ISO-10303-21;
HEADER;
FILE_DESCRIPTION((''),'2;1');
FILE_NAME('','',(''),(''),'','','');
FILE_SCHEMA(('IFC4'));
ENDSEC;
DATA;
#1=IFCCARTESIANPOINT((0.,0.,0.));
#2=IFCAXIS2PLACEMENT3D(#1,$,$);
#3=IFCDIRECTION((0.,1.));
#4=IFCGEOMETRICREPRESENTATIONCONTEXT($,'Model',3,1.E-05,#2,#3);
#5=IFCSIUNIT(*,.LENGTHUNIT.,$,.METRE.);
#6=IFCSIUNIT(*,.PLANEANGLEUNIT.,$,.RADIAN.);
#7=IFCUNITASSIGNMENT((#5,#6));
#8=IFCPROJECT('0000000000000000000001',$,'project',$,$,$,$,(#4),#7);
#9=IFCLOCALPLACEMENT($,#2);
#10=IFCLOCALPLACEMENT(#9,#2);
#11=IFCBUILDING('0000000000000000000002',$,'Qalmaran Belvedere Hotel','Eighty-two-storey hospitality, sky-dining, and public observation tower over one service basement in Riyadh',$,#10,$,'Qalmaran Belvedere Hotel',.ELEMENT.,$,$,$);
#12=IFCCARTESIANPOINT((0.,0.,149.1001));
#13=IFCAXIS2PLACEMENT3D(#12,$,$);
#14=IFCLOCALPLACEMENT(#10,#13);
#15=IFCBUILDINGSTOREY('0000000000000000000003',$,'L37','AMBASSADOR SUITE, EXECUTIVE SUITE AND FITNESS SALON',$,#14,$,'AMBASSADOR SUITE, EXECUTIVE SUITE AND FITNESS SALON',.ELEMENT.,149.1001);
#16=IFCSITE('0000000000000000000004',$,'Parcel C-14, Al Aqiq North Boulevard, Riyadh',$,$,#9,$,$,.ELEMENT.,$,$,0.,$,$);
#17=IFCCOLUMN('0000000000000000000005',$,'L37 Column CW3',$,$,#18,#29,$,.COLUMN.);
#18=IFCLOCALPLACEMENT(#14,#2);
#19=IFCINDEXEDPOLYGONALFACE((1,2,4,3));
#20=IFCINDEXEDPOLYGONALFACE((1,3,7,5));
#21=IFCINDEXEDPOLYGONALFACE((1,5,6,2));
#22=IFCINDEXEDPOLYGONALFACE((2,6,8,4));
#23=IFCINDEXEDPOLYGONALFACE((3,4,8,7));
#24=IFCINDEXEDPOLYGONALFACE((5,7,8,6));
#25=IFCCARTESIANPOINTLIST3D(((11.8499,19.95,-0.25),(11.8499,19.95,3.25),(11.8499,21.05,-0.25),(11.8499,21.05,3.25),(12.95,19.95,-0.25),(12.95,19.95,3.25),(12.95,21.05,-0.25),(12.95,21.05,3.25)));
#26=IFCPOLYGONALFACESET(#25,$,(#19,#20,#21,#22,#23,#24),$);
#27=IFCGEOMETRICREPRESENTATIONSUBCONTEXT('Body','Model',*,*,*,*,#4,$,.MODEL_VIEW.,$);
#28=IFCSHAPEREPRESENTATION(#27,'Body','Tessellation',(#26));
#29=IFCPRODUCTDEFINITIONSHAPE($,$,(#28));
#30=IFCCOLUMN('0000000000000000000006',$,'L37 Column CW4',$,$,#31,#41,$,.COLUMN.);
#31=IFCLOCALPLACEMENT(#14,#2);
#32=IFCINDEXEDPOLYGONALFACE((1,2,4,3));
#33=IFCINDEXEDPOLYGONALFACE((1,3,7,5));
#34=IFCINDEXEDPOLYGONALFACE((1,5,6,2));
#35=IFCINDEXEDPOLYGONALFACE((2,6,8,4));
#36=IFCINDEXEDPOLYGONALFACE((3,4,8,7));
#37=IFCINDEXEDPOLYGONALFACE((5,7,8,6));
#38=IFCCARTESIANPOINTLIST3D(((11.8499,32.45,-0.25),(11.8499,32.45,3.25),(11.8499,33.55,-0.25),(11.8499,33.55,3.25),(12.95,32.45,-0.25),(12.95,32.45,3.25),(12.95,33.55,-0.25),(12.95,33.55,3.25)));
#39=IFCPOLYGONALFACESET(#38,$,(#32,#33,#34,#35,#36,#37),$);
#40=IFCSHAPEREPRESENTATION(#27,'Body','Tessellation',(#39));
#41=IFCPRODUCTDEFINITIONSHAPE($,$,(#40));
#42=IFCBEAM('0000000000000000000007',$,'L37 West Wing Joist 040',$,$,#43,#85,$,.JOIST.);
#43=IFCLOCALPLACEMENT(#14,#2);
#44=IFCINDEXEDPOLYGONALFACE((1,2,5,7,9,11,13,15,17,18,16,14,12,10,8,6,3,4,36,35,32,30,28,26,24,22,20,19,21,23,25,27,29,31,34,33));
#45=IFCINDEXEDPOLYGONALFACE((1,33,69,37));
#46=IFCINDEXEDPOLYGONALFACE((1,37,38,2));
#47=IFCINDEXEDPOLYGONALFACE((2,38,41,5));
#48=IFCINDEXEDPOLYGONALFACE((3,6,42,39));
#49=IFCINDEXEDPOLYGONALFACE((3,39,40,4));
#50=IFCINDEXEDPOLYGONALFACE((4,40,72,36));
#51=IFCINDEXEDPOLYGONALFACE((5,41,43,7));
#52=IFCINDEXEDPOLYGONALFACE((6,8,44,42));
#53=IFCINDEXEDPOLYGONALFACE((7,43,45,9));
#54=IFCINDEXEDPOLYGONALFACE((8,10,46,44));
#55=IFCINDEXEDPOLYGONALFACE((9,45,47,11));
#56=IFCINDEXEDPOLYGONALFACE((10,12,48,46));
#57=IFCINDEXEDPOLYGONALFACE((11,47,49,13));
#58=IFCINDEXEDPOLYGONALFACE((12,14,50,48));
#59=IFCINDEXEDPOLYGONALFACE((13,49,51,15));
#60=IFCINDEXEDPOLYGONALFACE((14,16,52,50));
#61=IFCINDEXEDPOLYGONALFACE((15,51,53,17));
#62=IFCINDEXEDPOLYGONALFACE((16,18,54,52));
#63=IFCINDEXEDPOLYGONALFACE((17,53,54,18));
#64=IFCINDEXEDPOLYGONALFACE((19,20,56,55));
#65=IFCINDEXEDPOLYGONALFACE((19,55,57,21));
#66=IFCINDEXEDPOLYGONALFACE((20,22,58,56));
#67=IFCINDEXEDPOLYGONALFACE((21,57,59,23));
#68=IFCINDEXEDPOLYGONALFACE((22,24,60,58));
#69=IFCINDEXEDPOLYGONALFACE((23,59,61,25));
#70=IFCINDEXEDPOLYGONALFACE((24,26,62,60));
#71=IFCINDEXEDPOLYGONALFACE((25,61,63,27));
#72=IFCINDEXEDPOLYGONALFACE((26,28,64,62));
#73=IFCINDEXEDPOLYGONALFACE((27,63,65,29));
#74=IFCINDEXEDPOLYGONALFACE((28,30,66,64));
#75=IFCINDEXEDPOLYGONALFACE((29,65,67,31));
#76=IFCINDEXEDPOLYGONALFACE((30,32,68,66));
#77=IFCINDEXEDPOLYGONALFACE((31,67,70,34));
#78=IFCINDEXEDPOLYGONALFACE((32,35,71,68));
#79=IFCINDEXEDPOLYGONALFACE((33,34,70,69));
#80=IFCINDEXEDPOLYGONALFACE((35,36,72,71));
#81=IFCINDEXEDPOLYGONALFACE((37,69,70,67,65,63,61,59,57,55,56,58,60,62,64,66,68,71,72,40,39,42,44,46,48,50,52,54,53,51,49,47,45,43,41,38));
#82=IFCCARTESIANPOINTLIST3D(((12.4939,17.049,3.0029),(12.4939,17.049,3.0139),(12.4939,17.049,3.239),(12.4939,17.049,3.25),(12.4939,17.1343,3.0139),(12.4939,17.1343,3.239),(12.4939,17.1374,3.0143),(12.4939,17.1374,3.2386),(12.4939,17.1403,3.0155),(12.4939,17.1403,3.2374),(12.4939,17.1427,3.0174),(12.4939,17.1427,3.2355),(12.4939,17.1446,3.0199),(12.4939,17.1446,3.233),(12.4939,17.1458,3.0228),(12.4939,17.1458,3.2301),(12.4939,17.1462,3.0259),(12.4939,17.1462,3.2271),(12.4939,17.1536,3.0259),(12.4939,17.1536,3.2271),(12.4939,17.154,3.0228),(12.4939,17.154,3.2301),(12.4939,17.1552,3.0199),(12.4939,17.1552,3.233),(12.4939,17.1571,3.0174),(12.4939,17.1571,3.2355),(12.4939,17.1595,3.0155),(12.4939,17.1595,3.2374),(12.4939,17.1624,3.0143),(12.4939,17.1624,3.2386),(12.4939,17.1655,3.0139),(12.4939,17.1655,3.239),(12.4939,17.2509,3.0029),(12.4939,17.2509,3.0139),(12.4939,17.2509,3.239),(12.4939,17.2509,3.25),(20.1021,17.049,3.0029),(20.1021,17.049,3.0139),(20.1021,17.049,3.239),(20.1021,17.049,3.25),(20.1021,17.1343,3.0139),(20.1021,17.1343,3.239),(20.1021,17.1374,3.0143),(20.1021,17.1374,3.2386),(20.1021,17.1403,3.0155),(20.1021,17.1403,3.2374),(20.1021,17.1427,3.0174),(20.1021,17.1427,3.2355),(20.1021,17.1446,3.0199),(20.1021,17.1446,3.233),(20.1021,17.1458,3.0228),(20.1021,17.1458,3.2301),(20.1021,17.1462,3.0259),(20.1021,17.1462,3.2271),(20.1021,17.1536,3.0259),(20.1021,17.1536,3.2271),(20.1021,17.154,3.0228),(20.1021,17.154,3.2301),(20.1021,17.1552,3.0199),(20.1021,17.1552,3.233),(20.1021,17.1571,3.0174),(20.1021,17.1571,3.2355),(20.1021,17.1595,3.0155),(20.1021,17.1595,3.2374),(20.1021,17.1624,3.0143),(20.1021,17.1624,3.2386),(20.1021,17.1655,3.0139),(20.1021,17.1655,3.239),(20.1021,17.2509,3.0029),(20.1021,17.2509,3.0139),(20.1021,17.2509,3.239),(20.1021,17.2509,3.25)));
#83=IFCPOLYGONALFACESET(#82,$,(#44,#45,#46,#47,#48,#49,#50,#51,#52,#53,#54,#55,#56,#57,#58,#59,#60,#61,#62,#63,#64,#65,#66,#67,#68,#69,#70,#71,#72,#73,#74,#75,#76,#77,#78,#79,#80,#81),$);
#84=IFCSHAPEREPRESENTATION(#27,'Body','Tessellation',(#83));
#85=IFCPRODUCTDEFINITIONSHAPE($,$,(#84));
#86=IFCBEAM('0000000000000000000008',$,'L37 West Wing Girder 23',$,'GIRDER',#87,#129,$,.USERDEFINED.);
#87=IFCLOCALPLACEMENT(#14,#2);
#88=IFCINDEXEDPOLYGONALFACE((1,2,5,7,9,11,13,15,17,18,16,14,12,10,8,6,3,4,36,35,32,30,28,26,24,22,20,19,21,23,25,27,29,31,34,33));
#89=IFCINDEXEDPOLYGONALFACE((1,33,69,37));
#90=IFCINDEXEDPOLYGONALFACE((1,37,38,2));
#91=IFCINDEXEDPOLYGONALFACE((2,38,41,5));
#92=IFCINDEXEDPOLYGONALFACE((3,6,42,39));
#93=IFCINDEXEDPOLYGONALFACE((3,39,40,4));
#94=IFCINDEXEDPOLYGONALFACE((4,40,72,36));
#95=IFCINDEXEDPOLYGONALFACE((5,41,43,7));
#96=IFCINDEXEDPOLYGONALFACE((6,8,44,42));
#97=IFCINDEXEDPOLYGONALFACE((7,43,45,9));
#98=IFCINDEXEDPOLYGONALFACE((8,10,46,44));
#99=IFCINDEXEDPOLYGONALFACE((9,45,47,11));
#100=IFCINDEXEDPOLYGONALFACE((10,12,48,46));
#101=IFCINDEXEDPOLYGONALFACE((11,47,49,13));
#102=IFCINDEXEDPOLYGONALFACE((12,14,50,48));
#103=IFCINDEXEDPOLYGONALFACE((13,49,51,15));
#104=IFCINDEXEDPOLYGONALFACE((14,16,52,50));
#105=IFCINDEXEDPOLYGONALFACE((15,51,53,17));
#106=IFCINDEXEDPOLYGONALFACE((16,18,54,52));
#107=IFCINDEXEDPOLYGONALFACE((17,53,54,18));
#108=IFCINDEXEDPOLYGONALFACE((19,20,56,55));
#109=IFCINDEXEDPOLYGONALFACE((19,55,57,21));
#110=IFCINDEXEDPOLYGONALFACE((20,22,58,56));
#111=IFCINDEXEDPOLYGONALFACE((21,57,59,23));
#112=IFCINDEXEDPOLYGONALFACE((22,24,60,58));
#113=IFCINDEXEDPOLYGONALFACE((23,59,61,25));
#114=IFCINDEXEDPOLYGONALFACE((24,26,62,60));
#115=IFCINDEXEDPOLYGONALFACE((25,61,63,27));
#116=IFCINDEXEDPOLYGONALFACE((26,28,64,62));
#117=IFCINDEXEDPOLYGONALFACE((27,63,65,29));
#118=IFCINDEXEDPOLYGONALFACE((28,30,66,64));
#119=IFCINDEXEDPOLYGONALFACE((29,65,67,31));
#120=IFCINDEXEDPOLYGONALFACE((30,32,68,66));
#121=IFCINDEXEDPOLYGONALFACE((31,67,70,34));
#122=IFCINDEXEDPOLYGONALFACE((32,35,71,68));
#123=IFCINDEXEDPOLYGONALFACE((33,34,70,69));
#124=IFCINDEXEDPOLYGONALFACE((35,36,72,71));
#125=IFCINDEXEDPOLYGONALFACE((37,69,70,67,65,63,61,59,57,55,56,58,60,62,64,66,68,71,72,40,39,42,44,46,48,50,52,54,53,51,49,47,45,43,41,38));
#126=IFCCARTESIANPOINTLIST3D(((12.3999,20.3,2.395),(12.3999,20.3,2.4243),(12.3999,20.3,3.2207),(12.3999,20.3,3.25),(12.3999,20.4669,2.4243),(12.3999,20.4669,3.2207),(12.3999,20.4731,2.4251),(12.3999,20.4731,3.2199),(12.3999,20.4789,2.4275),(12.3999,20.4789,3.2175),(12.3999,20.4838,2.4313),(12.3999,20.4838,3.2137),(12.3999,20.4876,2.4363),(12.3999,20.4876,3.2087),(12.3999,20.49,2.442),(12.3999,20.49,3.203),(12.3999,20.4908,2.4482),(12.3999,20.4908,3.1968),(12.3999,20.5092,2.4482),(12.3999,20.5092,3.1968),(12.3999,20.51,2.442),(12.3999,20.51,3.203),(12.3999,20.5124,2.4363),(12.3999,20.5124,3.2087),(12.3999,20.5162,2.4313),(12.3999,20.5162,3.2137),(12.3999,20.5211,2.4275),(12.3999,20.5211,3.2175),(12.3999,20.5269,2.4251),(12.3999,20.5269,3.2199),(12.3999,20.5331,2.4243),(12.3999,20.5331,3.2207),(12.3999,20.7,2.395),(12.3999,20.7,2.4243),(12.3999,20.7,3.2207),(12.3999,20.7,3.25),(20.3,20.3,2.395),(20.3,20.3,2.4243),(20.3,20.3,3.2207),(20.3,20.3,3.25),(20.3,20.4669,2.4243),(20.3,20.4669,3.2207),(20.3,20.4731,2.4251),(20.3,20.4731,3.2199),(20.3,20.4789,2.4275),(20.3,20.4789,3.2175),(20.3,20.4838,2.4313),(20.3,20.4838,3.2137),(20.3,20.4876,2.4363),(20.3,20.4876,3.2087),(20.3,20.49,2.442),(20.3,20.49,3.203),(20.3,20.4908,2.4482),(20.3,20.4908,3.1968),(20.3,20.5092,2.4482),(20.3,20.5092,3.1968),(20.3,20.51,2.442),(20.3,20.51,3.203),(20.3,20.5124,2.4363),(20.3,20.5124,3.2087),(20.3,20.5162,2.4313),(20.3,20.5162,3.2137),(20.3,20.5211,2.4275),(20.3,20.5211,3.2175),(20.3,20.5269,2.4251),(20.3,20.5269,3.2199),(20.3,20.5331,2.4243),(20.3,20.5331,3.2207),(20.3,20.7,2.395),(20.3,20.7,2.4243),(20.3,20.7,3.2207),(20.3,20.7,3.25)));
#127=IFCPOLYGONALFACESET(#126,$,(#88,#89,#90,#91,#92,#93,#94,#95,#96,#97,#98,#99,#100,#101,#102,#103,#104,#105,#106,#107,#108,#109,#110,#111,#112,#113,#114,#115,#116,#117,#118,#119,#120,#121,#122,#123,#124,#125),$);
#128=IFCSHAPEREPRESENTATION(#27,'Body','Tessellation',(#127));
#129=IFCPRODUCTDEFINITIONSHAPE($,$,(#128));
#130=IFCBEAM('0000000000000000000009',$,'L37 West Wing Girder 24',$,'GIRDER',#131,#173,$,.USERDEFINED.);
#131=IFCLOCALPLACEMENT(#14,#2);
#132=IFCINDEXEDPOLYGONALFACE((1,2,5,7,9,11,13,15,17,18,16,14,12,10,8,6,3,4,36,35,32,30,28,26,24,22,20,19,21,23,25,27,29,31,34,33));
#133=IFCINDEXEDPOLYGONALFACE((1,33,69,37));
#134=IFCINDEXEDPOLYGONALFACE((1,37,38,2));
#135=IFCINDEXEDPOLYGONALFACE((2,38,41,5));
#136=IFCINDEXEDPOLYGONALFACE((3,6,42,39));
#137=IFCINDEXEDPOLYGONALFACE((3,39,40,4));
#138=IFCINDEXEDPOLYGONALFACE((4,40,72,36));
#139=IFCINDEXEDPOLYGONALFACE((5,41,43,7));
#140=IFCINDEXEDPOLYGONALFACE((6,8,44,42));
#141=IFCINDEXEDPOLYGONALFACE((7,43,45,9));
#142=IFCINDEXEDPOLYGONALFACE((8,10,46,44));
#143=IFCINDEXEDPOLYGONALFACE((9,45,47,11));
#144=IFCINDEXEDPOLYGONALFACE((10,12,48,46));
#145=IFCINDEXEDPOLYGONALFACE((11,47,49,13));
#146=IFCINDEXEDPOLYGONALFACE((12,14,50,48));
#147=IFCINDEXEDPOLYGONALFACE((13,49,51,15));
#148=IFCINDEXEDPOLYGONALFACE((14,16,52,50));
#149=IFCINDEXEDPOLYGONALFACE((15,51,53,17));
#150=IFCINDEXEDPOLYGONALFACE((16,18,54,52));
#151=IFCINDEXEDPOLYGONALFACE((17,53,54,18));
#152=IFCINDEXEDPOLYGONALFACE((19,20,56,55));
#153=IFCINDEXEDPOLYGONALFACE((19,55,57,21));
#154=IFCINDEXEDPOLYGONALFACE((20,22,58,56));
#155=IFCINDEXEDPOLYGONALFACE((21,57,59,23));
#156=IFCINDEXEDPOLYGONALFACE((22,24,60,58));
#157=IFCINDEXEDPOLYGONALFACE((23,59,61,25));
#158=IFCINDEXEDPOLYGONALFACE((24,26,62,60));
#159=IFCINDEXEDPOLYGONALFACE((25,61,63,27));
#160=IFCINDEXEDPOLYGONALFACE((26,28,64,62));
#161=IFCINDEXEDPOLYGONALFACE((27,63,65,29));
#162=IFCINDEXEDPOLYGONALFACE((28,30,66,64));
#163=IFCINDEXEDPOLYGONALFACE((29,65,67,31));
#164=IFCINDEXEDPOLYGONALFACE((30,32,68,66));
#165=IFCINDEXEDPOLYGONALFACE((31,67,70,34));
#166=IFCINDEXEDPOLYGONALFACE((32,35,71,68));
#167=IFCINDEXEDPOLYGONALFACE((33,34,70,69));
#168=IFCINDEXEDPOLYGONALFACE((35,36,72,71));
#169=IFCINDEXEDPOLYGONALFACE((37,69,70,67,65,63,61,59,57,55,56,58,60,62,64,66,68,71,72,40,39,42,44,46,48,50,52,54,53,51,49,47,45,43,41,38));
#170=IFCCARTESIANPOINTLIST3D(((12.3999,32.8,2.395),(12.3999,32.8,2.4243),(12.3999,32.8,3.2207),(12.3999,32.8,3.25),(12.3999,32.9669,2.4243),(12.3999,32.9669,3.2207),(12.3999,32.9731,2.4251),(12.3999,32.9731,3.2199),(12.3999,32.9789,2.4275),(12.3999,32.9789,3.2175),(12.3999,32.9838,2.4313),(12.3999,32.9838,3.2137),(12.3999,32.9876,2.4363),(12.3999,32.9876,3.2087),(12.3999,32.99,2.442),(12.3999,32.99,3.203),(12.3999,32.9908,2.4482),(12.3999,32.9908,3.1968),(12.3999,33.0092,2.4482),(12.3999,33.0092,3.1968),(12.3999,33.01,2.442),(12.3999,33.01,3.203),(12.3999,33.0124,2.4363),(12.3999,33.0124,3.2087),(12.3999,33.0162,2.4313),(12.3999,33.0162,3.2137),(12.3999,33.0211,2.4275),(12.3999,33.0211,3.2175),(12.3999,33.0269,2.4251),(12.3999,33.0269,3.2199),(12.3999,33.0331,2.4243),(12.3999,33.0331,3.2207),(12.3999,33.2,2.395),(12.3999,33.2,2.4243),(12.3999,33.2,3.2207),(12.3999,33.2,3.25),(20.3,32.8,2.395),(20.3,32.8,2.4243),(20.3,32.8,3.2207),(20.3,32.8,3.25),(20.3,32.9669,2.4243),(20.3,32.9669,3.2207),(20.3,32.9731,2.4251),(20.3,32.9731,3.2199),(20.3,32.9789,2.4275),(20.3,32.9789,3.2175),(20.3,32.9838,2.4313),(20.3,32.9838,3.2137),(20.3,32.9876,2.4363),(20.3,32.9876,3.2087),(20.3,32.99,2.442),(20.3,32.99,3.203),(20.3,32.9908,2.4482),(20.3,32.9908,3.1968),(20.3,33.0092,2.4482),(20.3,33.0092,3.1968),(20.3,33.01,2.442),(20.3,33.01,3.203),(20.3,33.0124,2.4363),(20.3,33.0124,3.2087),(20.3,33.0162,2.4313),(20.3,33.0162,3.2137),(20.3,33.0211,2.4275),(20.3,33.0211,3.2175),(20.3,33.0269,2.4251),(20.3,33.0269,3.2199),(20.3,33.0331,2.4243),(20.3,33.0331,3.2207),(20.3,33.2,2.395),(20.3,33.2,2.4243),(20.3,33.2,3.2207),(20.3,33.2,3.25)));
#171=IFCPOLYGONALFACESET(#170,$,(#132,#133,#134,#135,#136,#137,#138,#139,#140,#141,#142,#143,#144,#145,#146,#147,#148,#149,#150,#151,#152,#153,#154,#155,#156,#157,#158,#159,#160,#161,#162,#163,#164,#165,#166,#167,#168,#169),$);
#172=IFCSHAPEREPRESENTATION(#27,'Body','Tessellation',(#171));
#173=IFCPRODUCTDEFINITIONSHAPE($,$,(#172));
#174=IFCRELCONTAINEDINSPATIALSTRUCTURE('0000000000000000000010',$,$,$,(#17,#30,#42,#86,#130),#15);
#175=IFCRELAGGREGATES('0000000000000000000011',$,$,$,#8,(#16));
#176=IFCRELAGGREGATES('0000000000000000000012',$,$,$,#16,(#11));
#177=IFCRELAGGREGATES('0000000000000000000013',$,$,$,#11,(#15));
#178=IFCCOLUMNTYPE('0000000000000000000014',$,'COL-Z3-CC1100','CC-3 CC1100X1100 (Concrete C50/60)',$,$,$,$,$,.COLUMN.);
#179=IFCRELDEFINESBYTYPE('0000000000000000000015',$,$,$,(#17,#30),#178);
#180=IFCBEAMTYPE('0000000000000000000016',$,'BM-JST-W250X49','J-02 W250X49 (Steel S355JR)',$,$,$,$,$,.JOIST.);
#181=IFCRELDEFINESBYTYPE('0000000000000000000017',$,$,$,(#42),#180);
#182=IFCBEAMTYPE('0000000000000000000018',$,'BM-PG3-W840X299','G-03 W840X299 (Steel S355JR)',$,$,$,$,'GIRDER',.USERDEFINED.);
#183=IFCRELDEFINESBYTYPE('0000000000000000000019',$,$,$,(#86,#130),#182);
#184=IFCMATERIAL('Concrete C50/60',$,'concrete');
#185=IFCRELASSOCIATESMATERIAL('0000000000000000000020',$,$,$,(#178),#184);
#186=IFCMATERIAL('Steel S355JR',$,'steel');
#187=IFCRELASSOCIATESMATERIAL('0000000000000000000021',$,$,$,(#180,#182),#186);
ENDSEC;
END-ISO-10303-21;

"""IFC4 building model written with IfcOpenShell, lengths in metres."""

from ifc_helpers import new_model, si_unit, direction, frame, origin, origin_2d, place, context, subcontext, project, spatial, rectangle, i_section, extrude, material, material_profile, profile_set, type_object, element, save


model = new_model("IFC4")

# Units and contexts
model_context = context("Model", 3, precision=1e-05, world=origin(), true_north=direction((0.0, 1.0)))
body_context = subcontext(model_context, "Body", "Model", "MODEL_VIEW")
ifc_project = project(units=[si_unit("LENGTHUNIT", "METRE"), si_unit("PLANEANGLEUNIT", "RADIAN")], contexts=[model_context])

# Site, building, storey
site_placement = place(None, origin())
site = spatial("IfcSite", under=ifc_project, at=site_placement, Name="Parcel C-14, Al Aqiq North Boulevard, Riyadh", CompositionType="ELEMENT", RefElevation=0.0)
building_placement = place(site_placement, origin())
building = spatial("IfcBuilding", under=site, at=building_placement, Name="Qalmaran Belvedere Hotel", Description="Eighty-two-storey hospitality, sky-dining, and public observation tower over one service basement in Riyadh", LongName="Qalmaran Belvedere Hotel", CompositionType="ELEMENT")
storey_placement = place(building_placement, frame((0.0, 0.0, 149.1001)))
storey = spatial("IfcBuildingStorey", under=building, at=storey_placement, Name="L37", Description="AMBASSADOR SUITE, EXECUTIVE SUITE AND FITNESS SALON", LongName="AMBASSADOR SUITE, EXECUTIVE SUITE AND FITNESS SALON", CompositionType="ELEMENT", Elevation=149.1001)

# Columns
ifc_material_1 = material(Name="Concrete C50/60", Category="concrete")
ifc_material_profile_1 = material_profile(ifc_material_1, rectangle(XDim=1.1001, YDim=1.1001, at=origin_2d()), Name="CC1100X1100")
ifc_profile_set_1 = profile_set([ifc_material_profile_1], Name="Concrete C50/60")
column_type = type_object("IfcColumnType", Name="COL-Z3-CC1100", Description="CC-3 CC1100X1100 (Concrete C50/60)", PredefinedType="COLUMN", material=ifc_profile_set_1)
for number, where, z_axis, x_axis, name in (
    (1, (12.3999, 20.5, -0.25), (0.0, 0.0, 1.0), (1.0, 0.0, 0.0), "L37 Column CW3"),
    (2, (12.3999, 33.0, -0.25), (0.0, 0.0, 1.0), (1.0, 0.0, 0.0), "L37 Column CW4"),
):
    element("IfcColumn", number, at=place(storey_placement, frame(where, z_axis=z_axis, x_axis=x_axis)), inside=storey, type_object=column_type, Name=name, PredefinedType="COLUMN", context=body_context, shape_type="SweptSolid", body=[
        extrude(rectangle(XDim=1.1001, YDim=1.1001, at=origin_2d()), origin(), (0.0, 0.0, 1.0), 3.5),
    ])

# Beams
ifc_material_2 = material(Name="Steel S355JR", Category="steel")
ifc_material_profile_2 = material_profile(ifc_material_2, i_section(OverallWidth=0.2019, OverallDepth=0.2471, WebThickness=0.0073, FlangeThickness=0.011, FilletRadius=0.012, at=origin_2d()), Name="W250X49")
ifc_profile_set_2 = profile_set([ifc_material_profile_2], Name="Steel S355JR")
beam_type_1 = type_object("IfcBeamType", Name="BM-JST-W250X49", Description="J-02 W250X49 (Steel S355JR)", PredefinedType="JOIST", material=ifc_profile_set_2)
beam_1_placement = place(storey_placement, frame((12.4939, 17.1499, 3.1265), z_axis=(1.0, 0.0, 0.0), x_axis=(0.0, 1.0, 0.0)))
element("IfcBeam", 3, at=beam_1_placement, inside=storey, type_object=beam_type_1, Name="L37 West Wing Joist 040", PredefinedType="JOIST", context=body_context, shape_type="SweptSolid", body=[
    extrude(i_section(OverallWidth=0.2019, OverallDepth=0.2471, WebThickness=0.0073, FlangeThickness=0.011, FilletRadius=0.012, at=origin_2d()), origin(), (0.0, 0.0, 1.0), 7.6082),
])
ifc_material_profile_3 = material_profile(ifc_material_2, i_section(OverallWidth=0.3999, OverallDepth=0.855, WebThickness=0.0183, FlangeThickness=0.0293, FilletRadius=0.0239, at=origin_2d()), Name="W840X299")
ifc_profile_set_3 = profile_set([ifc_material_profile_3], Name="Steel S355JR")
beam_type_2 = type_object("IfcBeamType", Name="BM-PG3-W840X299", Description="G-03 W840X299 (Steel S355JR)", ElementType="GIRDER", PredefinedType="USERDEFINED", material=ifc_profile_set_3)
for number, where, z_axis, x_axis, name in (
    (4, (12.3999, 20.5, 2.8225), (1.0, 0.0, 0.0), (0.0, 1.0, 0.0), "L37 West Wing Girder 23"),
    (5, (12.3999, 33.0, 2.8225), (1.0, 0.0, 0.0), (0.0, 1.0, 0.0), "L37 West Wing Girder 24"),
):
    element("IfcBeam", number, at=place(storey_placement, frame(where, z_axis=z_axis, x_axis=x_axis)), inside=storey, type_object=beam_type_2, Name=name, ObjectType="GIRDER", PredefinedType="USERDEFINED", context=body_context, shape_type="SweptSolid", body=[
        extrude(i_section(OverallWidth=0.3999, OverallDepth=0.855, WebThickness=0.0183, FlangeThickness=0.0293, FilletRadius=0.0239, at=origin_2d()), origin(), (0.0, 0.0, 1.0), 7.9001),
    ])

save(model, "model.ifc")
